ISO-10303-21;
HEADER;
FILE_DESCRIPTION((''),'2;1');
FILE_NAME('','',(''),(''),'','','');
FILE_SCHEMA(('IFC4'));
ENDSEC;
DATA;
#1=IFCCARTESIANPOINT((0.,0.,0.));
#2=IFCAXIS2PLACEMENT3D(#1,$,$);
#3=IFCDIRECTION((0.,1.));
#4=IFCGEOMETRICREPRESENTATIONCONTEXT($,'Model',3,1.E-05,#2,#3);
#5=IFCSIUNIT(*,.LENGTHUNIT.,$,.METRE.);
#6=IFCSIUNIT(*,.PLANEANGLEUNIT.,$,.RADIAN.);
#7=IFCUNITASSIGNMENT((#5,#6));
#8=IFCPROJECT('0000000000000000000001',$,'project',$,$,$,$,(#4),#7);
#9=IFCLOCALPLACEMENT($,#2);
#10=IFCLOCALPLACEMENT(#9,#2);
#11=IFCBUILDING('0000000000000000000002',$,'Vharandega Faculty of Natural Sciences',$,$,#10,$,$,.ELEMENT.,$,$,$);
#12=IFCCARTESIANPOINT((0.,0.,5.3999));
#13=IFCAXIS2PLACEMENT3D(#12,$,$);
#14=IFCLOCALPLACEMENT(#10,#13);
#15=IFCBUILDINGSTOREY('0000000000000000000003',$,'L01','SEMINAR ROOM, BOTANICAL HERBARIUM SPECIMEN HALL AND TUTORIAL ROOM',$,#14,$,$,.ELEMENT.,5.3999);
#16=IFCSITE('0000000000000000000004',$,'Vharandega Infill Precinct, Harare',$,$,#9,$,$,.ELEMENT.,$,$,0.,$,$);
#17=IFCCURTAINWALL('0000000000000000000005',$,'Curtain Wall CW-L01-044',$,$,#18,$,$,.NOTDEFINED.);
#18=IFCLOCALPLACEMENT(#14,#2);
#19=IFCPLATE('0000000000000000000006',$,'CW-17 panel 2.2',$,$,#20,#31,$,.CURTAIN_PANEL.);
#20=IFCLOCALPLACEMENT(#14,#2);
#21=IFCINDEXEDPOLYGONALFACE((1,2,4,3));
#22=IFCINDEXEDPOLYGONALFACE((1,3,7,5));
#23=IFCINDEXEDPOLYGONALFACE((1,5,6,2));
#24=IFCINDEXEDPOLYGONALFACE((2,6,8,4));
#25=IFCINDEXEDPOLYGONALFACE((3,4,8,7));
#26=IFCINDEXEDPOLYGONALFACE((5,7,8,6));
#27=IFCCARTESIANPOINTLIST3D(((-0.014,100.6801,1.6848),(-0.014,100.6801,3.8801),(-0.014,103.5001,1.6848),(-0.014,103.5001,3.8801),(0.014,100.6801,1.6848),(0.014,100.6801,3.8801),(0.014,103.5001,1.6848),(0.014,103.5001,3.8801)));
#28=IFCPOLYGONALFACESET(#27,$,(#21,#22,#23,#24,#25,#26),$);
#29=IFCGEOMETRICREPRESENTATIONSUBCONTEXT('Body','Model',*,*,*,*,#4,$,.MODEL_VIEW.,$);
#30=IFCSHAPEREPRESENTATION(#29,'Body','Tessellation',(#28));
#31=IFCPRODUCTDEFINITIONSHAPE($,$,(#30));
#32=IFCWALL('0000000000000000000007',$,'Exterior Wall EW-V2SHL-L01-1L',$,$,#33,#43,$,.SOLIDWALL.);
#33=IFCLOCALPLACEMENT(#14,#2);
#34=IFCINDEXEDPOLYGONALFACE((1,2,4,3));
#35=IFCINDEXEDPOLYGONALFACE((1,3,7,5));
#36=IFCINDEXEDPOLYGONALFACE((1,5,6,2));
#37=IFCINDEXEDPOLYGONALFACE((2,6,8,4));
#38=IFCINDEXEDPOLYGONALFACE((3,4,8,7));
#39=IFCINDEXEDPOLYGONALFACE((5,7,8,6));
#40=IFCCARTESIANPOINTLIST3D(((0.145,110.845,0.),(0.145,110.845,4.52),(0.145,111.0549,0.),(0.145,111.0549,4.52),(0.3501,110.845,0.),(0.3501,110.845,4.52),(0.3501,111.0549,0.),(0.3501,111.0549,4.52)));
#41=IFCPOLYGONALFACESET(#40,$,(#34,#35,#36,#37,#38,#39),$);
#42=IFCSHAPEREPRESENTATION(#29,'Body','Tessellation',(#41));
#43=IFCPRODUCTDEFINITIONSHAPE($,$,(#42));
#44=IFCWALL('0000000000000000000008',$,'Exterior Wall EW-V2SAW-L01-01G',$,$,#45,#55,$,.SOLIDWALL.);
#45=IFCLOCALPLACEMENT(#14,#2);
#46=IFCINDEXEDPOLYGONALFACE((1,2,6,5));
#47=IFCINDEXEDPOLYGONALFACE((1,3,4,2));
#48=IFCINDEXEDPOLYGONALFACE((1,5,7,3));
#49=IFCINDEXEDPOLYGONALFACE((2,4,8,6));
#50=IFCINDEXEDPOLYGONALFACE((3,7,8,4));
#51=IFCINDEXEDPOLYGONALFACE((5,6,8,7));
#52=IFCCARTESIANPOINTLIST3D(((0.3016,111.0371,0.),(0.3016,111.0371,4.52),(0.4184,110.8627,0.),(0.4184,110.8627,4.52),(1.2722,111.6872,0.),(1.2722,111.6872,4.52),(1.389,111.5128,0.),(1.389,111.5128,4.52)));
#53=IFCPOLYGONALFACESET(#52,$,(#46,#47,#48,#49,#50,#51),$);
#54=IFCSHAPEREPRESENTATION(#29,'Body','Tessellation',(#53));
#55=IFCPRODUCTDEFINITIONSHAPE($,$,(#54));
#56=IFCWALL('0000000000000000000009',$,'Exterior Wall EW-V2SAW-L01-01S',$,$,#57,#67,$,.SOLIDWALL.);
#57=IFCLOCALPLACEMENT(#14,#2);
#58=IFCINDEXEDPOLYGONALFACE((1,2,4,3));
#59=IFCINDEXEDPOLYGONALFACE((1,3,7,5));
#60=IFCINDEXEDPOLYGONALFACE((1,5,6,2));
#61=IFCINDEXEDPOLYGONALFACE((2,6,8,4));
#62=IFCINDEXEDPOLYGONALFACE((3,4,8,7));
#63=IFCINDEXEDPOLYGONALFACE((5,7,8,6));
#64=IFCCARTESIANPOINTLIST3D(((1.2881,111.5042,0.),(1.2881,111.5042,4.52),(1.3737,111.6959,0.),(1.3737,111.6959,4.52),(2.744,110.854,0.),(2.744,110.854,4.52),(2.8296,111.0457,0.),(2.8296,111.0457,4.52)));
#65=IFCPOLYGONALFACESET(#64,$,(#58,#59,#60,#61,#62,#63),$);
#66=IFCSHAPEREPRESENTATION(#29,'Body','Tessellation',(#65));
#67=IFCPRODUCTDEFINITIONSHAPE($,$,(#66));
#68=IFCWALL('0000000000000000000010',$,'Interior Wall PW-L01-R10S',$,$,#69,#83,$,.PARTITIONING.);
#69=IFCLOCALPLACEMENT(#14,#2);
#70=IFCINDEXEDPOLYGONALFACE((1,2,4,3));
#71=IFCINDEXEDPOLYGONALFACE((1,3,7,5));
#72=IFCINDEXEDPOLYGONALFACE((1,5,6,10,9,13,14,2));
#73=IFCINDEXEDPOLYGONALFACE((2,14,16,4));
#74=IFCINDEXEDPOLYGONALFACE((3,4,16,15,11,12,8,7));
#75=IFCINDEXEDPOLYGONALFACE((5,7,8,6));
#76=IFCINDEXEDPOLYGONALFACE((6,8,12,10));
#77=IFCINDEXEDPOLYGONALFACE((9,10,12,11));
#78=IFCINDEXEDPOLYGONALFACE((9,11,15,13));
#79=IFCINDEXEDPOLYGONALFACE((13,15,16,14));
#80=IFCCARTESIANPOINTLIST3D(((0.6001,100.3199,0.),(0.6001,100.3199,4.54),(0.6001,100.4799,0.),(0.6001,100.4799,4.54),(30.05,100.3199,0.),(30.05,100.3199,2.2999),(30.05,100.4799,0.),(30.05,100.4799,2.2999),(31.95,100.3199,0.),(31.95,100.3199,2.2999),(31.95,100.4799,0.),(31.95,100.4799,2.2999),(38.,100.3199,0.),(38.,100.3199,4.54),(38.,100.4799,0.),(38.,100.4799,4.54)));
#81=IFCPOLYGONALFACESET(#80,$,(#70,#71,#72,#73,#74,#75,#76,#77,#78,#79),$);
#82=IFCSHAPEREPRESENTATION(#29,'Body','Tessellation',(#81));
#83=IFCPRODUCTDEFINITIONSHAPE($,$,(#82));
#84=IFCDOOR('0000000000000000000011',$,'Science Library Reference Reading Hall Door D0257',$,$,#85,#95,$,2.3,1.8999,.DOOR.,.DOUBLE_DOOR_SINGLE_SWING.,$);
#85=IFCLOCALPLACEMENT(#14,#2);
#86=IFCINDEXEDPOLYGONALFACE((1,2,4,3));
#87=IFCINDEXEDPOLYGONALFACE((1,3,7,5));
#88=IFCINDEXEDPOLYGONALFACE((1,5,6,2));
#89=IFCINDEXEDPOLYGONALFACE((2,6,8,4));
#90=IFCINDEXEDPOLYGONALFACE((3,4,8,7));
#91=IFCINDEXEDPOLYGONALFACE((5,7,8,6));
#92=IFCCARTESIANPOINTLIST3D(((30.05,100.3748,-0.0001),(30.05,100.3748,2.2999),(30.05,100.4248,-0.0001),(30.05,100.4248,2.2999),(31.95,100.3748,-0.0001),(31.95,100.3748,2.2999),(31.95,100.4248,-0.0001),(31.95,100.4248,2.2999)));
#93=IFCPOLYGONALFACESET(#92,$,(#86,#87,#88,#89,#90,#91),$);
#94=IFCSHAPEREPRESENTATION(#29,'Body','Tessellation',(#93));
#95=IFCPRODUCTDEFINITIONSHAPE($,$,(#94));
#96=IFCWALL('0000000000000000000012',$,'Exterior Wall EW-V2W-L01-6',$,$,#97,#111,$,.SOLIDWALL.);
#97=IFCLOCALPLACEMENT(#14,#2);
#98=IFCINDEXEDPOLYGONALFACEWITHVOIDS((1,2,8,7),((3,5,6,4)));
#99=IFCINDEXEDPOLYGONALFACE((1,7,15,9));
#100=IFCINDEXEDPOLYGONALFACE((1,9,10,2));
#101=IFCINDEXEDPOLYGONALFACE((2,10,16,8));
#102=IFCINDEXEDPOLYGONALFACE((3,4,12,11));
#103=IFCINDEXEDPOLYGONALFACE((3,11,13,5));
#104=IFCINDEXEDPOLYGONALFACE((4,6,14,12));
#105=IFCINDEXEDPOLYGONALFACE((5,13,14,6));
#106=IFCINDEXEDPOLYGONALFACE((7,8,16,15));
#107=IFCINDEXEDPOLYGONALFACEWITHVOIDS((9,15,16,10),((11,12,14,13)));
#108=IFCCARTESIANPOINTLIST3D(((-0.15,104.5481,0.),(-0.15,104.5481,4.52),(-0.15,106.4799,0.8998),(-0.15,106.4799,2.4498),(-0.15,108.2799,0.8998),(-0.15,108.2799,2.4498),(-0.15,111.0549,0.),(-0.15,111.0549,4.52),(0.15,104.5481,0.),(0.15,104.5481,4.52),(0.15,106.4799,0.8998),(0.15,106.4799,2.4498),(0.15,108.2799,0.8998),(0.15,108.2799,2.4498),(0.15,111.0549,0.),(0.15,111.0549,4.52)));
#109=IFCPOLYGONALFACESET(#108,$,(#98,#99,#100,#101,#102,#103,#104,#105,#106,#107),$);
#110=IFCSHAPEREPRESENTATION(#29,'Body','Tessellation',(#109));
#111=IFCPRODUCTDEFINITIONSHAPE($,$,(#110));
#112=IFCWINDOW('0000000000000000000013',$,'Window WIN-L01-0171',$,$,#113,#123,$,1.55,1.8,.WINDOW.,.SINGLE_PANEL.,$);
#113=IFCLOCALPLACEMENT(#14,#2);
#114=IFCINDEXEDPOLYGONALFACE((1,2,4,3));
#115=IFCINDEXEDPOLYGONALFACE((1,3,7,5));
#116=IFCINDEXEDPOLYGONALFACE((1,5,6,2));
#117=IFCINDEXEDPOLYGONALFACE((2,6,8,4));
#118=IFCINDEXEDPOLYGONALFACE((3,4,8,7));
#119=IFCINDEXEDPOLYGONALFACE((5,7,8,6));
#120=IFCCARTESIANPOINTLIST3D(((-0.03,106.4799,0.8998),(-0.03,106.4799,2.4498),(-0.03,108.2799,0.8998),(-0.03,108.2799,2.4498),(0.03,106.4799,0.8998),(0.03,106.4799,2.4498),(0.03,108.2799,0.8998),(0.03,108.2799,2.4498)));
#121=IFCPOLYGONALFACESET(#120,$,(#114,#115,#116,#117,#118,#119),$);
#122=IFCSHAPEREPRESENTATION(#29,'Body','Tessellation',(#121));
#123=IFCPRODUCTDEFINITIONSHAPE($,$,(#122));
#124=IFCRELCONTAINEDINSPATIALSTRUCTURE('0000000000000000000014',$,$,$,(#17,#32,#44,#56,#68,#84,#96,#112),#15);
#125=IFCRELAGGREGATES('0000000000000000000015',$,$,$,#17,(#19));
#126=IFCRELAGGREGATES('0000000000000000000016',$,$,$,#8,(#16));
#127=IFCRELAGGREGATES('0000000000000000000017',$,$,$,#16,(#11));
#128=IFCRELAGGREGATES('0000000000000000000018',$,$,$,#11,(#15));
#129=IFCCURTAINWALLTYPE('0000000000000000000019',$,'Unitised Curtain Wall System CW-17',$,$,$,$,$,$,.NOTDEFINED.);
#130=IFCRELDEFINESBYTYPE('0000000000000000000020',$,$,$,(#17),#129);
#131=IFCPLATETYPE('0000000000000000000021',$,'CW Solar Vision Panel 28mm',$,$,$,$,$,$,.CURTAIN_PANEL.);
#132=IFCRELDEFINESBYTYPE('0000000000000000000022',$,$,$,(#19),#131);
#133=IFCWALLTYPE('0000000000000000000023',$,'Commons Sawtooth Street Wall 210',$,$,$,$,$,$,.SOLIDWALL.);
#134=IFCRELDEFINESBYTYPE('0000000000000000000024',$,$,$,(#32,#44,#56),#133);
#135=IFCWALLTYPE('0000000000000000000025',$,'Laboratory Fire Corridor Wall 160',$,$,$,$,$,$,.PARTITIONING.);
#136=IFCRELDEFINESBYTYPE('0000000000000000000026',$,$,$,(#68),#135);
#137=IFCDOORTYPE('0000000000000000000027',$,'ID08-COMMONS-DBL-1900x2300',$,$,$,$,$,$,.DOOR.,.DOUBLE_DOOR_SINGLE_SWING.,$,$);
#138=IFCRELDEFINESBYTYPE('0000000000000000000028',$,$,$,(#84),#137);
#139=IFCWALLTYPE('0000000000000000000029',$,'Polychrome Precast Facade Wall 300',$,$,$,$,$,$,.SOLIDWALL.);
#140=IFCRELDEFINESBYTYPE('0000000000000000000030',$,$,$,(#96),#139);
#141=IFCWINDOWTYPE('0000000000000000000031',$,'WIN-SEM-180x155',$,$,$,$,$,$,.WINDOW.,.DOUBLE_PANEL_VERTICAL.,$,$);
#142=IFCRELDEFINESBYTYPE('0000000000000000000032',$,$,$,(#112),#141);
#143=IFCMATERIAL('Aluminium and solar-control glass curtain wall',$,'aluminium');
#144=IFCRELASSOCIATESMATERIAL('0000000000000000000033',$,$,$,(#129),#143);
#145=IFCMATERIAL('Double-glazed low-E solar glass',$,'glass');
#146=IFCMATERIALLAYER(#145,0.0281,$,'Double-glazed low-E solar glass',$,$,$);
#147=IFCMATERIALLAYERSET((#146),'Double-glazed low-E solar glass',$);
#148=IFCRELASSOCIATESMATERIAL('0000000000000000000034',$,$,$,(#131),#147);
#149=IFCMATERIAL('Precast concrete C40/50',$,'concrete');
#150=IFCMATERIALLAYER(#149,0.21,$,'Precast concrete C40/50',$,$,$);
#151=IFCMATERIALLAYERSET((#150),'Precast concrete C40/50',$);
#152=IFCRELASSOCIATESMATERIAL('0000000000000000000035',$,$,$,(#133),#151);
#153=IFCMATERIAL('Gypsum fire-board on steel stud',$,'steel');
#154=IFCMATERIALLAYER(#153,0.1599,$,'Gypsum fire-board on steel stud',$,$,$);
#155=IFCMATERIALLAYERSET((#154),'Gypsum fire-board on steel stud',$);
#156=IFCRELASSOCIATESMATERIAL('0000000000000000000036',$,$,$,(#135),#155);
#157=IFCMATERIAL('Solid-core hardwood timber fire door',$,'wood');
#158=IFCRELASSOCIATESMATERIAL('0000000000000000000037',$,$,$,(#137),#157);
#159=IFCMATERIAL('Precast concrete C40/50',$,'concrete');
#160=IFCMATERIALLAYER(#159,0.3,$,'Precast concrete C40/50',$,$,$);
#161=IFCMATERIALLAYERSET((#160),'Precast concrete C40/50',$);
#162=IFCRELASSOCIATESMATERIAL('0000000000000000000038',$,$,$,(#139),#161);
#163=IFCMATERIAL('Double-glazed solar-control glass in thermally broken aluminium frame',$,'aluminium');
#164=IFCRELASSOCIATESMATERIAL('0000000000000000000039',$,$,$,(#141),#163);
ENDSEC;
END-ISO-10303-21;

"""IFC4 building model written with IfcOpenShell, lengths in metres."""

from ifc_helpers import new_model, si_unit, direction, frame, frame_2d, origin, origin_2d, place, context, subcontext, project, spatial, rectangle, extrude, material, layer, layer_set, type_object, element, fill, aggregate, save


model = new_model("IFC4")

# Units and contexts
model_context = context("Model", 3, precision=1e-05, world=origin(), true_north=direction((0.0, 1.0)))
body_context = subcontext(model_context, "Body", "Model", "MODEL_VIEW")
ifc_project = project(units=[si_unit("LENGTHUNIT", "METRE"), si_unit("PLANEANGLEUNIT", "RADIAN")], contexts=[model_context])

# Site, building, storey
site_placement = place(None, origin())
site = spatial("IfcSite", under=ifc_project, at=site_placement, Name="Vharandega Infill Precinct, Harare", CompositionType="ELEMENT", RefElevation=0.0)
building_placement = place(site_placement, origin())
building = spatial("IfcBuilding", under=site, at=building_placement, Name="Vharandega Faculty of Natural Sciences", CompositionType="ELEMENT")
storey_placement = place(building_placement, frame((0.0, 0.0, 5.3999)))
storey = spatial("IfcBuildingStorey", under=building, at=storey_placement, Name="L01", Description="SEMINAR ROOM, BOTANICAL HERBARIUM SPECIMEN HALL AND TUTORIAL ROOM", CompositionType="ELEMENT", Elevation=5.3999)

# Curtain wall
ifc_material_1 = material(Name="Aluminium and solar-control glass curtain wall", Category="aluminium")
curtain_wall_type = type_object("IfcCurtainWallType", Name="Unitised Curtain Wall System CW-17", PredefinedType="NOTDEFINED", material=ifc_material_1)
curtain_wall_placement = place(storey_placement, origin())
curtain_wall = element("IfcCurtainWall", 1, at=curtain_wall_placement, inside=storey, type_object=curtain_wall_type, Name="Curtain Wall CW-L01-044", PredefinedType="NOTDEFINED")

# Plate
ifc_material_2 = material(Name="Double-glazed low-E solar glass", Category="glass")
ifc_layer_1 = layer(ifc_material_2, 0.0281, Name="Double-glazed low-E solar glass")
ifc_layer_set_1 = layer_set([ifc_layer_1], Name="Double-glazed low-E solar glass")
plate_type = type_object("IfcPlateType", Name="CW Solar Vision Panel 28mm", PredefinedType="CURTAIN_PANEL", material=ifc_layer_set_1)
plate_1_placement = place(storey_placement, frame((0.0, 102.0901, 1.6848), z_axis=(0.0, 0.0, 1.0), x_axis=(0.0, 1.0, 0.0)))
plate_1 = element("IfcPlate", 2, at=plate_1_placement, type_object=plate_type, Name="CW-17 panel 2.2", PredefinedType="CURTAIN_PANEL", context=body_context, shape_type="SweptSolid", body=[
    extrude(rectangle(XDim=2.8201, YDim=0.0281, at=origin_2d()), origin(), (0.0, 0.0, 1.0), 2.1953),
])
aggregate(curtain_wall, [plate_1])

# Walls
ifc_material_3 = material(Name="Precast concrete C40/50", Category="concrete")
ifc_layer_2 = layer(ifc_material_3, 0.21, Name="Precast concrete C40/50")
ifc_layer_set_2 = layer_set([ifc_layer_2], Name="Precast concrete C40/50")
wall_type_1 = type_object("IfcWallType", Name="Commons Sawtooth Street Wall 210", PredefinedType="SOLIDWALL", material=ifc_layer_set_2)
wall_1_placement = place(storey_placement, frame((0.145, 110.95, 0.0), z_axis=(0.0, 0.0, 1.0), x_axis=(1.0, 0.0, 0.0)))
element("IfcWall", 3, at=wall_1_placement, inside=storey, type_object=wall_type_1, Name="Exterior Wall EW-V2SHL-L01-1L", PredefinedType="SOLIDWALL", context=body_context, shape_type="SweptSolid", body=[
    extrude(rectangle(XDim=0.2051, YDim=0.21, at=frame_2d((0.1025, 0.0))), origin(), (0.0, 0.0, 1.0), 4.52),
])
wall_2_placement = place(storey_placement, frame((0.3601, 110.95, 0.0), z_axis=(0.0, 0.0, 1.0), x_axis=(0.830859, 0.556483, 0.0)))
element("IfcWall", 4, at=wall_2_placement, inside=storey, type_object=wall_type_1, Name="Exterior Wall EW-V2SAW-L01-01G", PredefinedType="SOLIDWALL", context=body_context, shape_type="SweptSolid", body=[
    extrude(rectangle(XDim=1.1682, YDim=0.21, at=frame_2d((0.584, 0.0))), origin(), (0.0, 0.0, 1.0), 4.52),
])
wall_3_placement = place(storey_placement, frame((1.3308, 111.6001, 0.0), z_axis=(0.0, 0.0, 1.0), x_axis=(0.913084, -0.407772, 0.0)))
element("IfcWall", 5, at=wall_3_placement, inside=storey, type_object=wall_type_1, Name="Exterior Wall EW-V2SAW-L01-01S", PredefinedType="SOLIDWALL", context=body_context, shape_type="SweptSolid", body=[
    extrude(rectangle(XDim=1.5945, YDim=0.21, at=frame_2d((0.7974, 0.0))), origin(), (0.0, 0.0, 1.0), 4.52),
])

# Wall, opening, door
ifc_material_4 = material(Name="Gypsum fire-board on steel stud", Category="steel")
ifc_layer_3 = layer(ifc_material_4, 0.1599, Name="Gypsum fire-board on steel stud")
ifc_layer_set_3 = layer_set([ifc_layer_3], Name="Gypsum fire-board on steel stud")
wall_type_2 = type_object("IfcWallType", Name="Laboratory Fire Corridor Wall 160", PredefinedType="PARTITIONING", material=ifc_layer_set_3)
wall_4_placement = place(storey_placement, frame((0.6001, 100.3999, 0.0), z_axis=(0.0, 0.0, 1.0), x_axis=(1.0, 0.0, 0.0)))
wall_4 = element("IfcWall", 6, at=wall_4_placement, inside=storey, type_object=wall_type_2, Name="Interior Wall PW-L01-R10S", PredefinedType="PARTITIONING", context=body_context, shape_type="SweptSolid", body=[
    extrude(rectangle(XDim=37.3999, YDim=0.1599, at=frame_2d((18.7, 0.0))), origin(), (0.0, 0.0, 1.0), 4.54),
])
opening_1_placement = place(wall_4_placement, frame((29.45, 0.0, 0.0)))
opening_1 = element("IfcOpeningElement", 7, at=opening_1_placement, cuts=wall_4, PredefinedType="OPENING", context=body_context, shape_type="SweptSolid", body=[
    extrude(rectangle(XDim=1.8999, YDim=2.3, at=frame_2d((0.95, 1.1499))), frame((0.0, 0.0898, 0.0), z_axis=(0.0, -1.0, 0.0), x_axis=(1.0, 0.0, 0.0)), (0.0, 0.0, 1.0), 0.1799),
])
ifc_material_5 = material(Name="Solid-core hardwood timber fire door", Category="wood")
door_type = type_object("IfcDoorType", Name="ID08-COMMONS-DBL-1900x2300", OperationType="DOUBLE_DOOR_SINGLE_SWING", PredefinedType="DOOR", material=ifc_material_5)
door_placement = place(opening_1_placement, origin())
door = element("IfcDoor", 8, at=door_placement, inside=storey, type_object=door_type, Name="Science Library Reference Reading Hall Door D0257", OperationType="DOUBLE_DOOR_SINGLE_SWING", OverallHeight=2.3, OverallWidth=1.8999, PredefinedType="DOOR", context=body_context, shape_type="SweptSolid", body=[
    extrude(rectangle(XDim=1.8999, YDim=2.3, at=frame_2d((0.95, 1.1499))), frame((0.0, 0.0249, 0.0), z_axis=(0.0, -1.0, 0.0), x_axis=(1.0, 0.0, 0.0)), (0.0, 0.0, 1.0), 0.05),
])
fill(opening_1, door)

# Wall, opening, window
ifc_material_6 = material(Name="Precast concrete C40/50", Category="concrete")
ifc_layer_4 = layer(ifc_material_6, 0.3, Name="Precast concrete C40/50")
ifc_layer_set_4 = layer_set([ifc_layer_4], Name="Precast concrete C40/50")
wall_type_3 = type_object("IfcWallType", Name="Polychrome Precast Facade Wall 300", PredefinedType="SOLIDWALL", material=ifc_layer_set_4)
wall_5_placement = place(storey_placement, frame((0.0, 104.5481, 0.0), z_axis=(0.0, 0.0, 1.0), x_axis=(0.0, 1.0, 0.0)))
wall_5 = element("IfcWall", 9, at=wall_5_placement, inside=storey, type_object=wall_type_3, Name="Exterior Wall EW-V2W-L01-6", PredefinedType="SOLIDWALL", context=body_context, shape_type="SweptSolid", body=[
    extrude(rectangle(XDim=6.5068, YDim=0.3, at=frame_2d((3.2534, 0.0))), origin(), (0.0, 0.0, 1.0), 4.52),
])
opening_2_placement = place(wall_5_placement, frame((1.9319, 0.0, 0.8999)))
opening_2 = element("IfcOpeningElement", 10, at=opening_2_placement, cuts=wall_5, PredefinedType="OPENING", context=body_context, shape_type="SweptSolid", body=[
    extrude(rectangle(XDim=1.8, YDim=1.55, at=frame_2d((0.8999, 0.7749))), frame((0.0, 0.1602, 0.0), z_axis=(0.0, -1.0, 0.0), x_axis=(1.0, 0.0, 0.0)), (0.0, 0.0, 1.0), 0.3201),
])
ifc_material_7 = material(Name="Double-glazed solar-control glass in thermally broken aluminium frame", Category="aluminium")
window_type = type_object("IfcWindowType", Name="WIN-SEM-180x155", PartitioningType="DOUBLE_PANEL_VERTICAL", PredefinedType="WINDOW", material=ifc_material_7)
window_placement = place(opening_2_placement, origin())
window = element("IfcWindow", 11, at=window_placement, inside=storey, type_object=window_type, Name="Window WIN-L01-0171", OverallHeight=1.55, OverallWidth=1.8, PartitioningType="SINGLE_PANEL", PredefinedType="WINDOW", context=body_context, shape_type="SweptSolid", body=[
    extrude(rectangle(XDim=1.8, YDim=1.55, at=frame_2d((0.8999, 0.7749))), frame((0.0, 0.03, 0.0), z_axis=(0.0, -1.0, 0.0), x_axis=(1.0, 0.0, 0.0)), (0.0, 0.0, 1.0), 0.0601),
])
fill(opening_2, window)

save(model, "model.ifc")
